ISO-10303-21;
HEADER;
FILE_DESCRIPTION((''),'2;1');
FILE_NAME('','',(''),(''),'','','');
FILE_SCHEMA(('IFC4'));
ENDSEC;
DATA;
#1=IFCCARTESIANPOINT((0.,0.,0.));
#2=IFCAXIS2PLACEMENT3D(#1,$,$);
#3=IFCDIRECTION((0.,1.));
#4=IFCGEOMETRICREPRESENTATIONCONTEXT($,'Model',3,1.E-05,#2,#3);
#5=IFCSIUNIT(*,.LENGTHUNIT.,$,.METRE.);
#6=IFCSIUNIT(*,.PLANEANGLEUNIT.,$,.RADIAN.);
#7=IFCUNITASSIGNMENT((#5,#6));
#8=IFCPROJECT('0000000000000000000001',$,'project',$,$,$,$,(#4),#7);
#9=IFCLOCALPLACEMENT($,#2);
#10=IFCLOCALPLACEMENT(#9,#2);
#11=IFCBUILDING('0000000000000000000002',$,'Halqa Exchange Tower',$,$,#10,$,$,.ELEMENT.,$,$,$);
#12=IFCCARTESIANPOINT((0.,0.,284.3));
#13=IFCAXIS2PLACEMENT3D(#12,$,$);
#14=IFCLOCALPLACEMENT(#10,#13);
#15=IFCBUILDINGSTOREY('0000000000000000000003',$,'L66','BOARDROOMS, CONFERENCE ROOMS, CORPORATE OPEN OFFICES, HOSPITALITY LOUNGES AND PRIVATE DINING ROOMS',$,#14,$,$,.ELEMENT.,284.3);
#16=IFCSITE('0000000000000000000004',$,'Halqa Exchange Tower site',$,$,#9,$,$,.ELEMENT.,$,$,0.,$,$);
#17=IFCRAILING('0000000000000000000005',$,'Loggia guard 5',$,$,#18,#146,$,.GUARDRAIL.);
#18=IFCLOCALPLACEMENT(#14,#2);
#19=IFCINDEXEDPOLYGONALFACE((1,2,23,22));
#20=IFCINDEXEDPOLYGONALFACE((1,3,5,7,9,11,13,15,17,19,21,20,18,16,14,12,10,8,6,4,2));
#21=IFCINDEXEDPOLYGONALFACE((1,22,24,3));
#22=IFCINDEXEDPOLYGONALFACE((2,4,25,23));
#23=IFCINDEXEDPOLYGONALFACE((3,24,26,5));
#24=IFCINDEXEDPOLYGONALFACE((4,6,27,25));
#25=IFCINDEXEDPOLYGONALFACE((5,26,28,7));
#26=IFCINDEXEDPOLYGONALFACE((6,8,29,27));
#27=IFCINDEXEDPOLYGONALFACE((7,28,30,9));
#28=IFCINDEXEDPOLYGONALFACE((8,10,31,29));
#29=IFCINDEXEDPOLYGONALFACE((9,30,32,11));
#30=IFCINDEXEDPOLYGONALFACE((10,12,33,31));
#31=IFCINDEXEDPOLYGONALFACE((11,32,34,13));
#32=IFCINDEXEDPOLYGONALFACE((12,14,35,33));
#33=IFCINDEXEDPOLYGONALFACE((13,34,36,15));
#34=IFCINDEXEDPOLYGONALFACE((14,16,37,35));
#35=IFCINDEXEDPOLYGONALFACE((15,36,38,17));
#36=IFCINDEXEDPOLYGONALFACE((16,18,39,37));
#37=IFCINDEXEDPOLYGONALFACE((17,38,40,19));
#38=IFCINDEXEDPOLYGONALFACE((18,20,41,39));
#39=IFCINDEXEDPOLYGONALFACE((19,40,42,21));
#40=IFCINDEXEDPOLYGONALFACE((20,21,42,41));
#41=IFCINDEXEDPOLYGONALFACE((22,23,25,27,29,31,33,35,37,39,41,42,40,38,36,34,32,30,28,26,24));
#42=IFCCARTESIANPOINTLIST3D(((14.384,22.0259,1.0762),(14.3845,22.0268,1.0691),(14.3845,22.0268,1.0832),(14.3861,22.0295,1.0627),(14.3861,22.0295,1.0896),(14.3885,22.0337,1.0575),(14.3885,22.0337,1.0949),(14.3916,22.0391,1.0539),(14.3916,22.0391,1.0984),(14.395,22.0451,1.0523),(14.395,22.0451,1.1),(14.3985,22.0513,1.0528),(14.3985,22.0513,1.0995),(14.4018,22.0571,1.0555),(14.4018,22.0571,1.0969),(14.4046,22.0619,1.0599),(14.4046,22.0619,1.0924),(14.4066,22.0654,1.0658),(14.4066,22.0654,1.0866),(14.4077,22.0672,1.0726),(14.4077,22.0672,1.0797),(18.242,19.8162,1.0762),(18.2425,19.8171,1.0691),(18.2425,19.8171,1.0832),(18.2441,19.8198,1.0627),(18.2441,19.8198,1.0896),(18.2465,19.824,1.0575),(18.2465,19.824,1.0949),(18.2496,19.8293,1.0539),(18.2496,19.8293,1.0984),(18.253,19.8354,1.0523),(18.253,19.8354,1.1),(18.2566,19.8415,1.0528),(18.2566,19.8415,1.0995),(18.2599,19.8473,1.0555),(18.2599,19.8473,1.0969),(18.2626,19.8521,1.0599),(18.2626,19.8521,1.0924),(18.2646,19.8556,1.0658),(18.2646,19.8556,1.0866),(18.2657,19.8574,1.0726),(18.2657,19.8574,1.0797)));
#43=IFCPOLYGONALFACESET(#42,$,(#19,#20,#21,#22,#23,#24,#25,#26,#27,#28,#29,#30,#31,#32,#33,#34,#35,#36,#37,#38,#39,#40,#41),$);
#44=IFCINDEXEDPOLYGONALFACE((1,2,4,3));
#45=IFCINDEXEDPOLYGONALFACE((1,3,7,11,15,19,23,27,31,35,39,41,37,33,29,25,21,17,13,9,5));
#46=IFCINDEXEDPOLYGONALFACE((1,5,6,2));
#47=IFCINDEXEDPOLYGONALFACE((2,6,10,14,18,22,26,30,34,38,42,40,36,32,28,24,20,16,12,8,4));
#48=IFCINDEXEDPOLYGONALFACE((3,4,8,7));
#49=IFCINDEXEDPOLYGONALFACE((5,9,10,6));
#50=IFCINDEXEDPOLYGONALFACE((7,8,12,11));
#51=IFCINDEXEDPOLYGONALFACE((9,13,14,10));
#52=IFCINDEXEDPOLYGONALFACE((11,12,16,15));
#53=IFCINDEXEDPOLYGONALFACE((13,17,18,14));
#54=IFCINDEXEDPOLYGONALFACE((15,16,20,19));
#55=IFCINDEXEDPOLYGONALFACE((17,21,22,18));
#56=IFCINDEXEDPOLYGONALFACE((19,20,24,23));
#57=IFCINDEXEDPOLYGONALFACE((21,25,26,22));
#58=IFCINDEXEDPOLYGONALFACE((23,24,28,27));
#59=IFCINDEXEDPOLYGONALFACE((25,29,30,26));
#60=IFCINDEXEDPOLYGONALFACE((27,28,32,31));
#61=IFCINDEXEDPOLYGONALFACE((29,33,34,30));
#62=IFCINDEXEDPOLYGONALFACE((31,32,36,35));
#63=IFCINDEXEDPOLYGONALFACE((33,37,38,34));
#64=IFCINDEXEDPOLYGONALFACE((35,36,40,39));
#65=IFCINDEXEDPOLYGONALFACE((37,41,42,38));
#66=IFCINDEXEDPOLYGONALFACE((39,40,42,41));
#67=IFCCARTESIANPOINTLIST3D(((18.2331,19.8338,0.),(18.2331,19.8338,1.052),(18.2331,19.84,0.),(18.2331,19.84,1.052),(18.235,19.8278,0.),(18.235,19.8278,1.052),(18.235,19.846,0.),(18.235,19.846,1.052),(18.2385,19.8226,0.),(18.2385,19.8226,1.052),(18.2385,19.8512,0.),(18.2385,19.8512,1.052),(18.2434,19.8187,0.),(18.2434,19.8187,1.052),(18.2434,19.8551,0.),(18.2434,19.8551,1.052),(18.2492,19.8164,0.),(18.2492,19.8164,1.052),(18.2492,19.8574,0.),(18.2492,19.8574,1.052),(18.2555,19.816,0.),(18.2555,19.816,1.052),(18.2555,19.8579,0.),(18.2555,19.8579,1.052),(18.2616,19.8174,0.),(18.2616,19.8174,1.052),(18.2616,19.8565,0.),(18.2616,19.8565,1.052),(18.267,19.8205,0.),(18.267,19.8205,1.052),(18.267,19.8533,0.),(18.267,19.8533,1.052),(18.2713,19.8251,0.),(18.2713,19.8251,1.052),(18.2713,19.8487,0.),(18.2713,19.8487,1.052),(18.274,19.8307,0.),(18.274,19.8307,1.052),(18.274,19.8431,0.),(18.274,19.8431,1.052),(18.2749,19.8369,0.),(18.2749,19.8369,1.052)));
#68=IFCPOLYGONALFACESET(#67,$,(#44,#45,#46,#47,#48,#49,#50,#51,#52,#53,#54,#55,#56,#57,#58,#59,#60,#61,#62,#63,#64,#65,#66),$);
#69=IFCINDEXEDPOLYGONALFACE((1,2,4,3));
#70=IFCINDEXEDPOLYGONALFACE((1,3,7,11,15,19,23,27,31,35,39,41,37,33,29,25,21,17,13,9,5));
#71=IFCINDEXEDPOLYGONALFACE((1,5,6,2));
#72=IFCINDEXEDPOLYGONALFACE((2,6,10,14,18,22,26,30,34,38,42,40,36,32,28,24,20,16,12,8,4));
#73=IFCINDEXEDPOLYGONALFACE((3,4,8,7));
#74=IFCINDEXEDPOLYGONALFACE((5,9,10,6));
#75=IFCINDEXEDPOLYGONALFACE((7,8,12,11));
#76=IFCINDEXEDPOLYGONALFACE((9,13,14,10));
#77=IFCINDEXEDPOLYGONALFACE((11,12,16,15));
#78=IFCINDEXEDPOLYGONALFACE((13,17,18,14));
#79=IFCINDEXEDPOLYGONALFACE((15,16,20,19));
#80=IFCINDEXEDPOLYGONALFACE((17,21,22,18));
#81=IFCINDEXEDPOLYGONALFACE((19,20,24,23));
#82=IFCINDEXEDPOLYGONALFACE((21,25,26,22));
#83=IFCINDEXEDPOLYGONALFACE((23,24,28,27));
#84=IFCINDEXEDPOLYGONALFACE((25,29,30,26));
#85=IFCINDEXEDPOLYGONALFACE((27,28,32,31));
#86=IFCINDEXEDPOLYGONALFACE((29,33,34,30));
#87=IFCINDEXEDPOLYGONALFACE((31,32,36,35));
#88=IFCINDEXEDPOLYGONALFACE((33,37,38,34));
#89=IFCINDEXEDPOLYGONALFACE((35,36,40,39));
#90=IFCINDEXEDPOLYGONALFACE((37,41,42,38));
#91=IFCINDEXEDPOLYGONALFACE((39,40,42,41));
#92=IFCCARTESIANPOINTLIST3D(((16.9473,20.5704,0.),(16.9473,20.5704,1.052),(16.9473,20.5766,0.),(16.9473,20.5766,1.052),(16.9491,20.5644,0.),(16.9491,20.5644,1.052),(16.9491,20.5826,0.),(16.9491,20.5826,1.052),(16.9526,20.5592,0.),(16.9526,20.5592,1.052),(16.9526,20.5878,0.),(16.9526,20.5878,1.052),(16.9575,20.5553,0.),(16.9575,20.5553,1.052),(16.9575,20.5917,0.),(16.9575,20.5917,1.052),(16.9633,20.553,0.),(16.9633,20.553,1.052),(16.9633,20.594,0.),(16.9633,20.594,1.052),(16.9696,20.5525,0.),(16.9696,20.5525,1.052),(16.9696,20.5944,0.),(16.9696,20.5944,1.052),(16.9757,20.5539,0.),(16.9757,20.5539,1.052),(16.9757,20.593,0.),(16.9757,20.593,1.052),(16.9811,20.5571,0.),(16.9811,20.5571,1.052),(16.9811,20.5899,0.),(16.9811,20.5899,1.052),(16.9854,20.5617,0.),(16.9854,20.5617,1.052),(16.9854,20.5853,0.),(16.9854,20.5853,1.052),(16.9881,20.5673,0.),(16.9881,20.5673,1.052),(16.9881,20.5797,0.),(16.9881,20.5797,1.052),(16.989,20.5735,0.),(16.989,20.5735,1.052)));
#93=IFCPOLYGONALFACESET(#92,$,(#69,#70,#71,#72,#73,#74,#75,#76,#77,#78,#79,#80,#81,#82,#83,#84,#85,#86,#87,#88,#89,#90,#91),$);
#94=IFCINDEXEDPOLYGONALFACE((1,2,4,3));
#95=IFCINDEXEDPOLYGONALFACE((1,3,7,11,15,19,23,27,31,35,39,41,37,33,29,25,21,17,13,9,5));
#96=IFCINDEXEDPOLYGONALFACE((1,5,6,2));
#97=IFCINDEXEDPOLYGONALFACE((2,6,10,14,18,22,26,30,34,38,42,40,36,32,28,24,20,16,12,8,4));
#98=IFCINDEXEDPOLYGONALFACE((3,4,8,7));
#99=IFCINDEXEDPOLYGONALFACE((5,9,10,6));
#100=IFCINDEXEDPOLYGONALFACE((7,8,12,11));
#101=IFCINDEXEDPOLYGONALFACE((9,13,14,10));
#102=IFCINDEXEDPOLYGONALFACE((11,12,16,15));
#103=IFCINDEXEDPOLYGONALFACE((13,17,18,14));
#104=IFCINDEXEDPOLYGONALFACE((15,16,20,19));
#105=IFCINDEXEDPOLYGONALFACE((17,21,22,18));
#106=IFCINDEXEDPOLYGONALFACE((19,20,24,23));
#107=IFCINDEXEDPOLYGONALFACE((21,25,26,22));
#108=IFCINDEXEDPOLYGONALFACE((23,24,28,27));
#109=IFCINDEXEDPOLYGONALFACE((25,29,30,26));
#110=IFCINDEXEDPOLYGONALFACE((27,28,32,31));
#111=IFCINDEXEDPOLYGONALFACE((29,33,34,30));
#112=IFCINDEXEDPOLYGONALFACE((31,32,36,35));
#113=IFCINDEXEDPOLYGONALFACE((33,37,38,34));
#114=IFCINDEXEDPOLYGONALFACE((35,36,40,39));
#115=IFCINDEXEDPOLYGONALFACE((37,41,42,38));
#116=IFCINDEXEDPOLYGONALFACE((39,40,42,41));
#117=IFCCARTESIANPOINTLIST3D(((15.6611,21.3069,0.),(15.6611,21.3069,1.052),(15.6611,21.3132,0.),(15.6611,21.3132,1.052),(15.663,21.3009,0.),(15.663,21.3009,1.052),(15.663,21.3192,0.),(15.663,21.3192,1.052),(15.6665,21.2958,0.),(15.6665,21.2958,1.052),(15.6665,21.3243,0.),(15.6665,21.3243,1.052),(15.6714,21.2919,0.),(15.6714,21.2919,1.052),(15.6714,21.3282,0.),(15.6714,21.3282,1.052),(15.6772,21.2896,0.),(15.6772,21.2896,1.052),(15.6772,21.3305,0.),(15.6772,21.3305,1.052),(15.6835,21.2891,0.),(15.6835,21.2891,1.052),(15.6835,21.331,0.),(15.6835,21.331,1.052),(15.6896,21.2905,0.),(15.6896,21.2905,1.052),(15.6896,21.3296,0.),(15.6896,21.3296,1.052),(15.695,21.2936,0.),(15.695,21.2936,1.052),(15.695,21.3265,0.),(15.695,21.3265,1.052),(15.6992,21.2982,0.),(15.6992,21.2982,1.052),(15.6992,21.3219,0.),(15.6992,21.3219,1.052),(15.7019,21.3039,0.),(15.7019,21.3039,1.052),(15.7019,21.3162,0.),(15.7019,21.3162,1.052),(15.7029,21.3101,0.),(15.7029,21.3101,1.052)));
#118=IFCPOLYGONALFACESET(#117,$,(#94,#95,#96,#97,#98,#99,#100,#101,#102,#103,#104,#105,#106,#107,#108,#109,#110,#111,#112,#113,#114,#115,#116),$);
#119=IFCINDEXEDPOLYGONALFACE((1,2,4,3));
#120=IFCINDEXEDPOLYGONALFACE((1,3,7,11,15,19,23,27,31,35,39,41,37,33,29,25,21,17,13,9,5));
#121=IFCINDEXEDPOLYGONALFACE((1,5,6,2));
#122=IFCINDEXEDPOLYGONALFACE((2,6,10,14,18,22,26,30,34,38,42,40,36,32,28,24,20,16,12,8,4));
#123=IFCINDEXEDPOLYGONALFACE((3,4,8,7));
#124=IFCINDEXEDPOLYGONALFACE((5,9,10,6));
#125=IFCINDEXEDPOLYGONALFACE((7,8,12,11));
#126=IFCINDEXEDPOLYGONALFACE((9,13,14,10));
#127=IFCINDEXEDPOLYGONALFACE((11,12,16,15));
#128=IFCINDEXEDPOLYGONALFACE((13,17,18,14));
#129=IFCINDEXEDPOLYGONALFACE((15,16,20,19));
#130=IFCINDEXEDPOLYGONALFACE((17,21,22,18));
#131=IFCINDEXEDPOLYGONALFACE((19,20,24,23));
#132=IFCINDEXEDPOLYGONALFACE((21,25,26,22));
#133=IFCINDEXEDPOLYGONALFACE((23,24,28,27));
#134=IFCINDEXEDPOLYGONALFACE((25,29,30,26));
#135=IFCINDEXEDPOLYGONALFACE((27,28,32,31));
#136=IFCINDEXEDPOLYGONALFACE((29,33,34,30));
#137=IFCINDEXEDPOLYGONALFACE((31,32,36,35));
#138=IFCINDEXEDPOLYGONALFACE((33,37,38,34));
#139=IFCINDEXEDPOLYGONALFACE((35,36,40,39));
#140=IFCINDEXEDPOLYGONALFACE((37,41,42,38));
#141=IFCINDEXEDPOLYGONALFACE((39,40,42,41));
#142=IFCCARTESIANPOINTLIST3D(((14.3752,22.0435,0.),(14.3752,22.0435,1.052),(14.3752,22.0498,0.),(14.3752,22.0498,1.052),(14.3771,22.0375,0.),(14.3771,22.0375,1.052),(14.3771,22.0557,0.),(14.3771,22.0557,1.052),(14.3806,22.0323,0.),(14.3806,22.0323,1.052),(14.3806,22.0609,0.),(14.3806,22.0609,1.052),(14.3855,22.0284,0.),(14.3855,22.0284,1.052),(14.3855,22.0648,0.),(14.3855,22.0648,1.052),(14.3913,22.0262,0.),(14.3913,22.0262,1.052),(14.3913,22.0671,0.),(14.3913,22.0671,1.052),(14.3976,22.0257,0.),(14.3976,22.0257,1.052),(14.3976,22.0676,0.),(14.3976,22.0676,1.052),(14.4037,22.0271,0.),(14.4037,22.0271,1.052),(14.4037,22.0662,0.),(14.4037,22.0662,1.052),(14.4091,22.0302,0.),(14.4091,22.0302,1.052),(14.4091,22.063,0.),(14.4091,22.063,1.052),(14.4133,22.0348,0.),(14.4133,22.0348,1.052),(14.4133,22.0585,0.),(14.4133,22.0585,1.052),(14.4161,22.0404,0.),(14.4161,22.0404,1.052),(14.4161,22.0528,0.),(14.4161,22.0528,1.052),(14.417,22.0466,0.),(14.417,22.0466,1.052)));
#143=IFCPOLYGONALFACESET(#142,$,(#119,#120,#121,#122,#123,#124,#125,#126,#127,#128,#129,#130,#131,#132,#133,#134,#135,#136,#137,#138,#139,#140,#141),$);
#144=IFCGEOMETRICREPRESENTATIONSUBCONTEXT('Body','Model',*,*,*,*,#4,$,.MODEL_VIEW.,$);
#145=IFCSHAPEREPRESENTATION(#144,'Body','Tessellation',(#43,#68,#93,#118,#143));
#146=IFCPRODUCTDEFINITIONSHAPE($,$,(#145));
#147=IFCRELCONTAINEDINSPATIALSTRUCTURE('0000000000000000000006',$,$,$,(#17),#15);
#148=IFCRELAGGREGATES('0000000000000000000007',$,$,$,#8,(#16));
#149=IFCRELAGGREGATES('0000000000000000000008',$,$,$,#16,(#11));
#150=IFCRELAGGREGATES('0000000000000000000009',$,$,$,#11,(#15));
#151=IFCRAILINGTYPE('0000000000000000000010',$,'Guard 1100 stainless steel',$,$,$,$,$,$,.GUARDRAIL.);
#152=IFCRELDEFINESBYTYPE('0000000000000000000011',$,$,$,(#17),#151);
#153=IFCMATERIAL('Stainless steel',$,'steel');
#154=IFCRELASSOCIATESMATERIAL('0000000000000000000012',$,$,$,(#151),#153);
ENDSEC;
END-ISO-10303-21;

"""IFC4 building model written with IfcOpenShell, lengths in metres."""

from ifc_helpers import new_model, si_unit, direction, frame, origin, origin_2d, place, context, subcontext, project, spatial, circle, extrude, material, type_object, element, save


model = new_model("IFC4")

# Units and contexts
model_context = context("Model", 3, precision=1e-05, world=origin(), true_north=direction((0.0, 1.0)))
body_context = subcontext(model_context, "Body", "Model", "MODEL_VIEW")
ifc_project = project(units=[si_unit("LENGTHUNIT", "METRE"), si_unit("PLANEANGLEUNIT", "RADIAN")], contexts=[model_context])

# Site, building, storey
site_placement = place(None, origin())
site = spatial("IfcSite", under=ifc_project, at=site_placement, Name="Halqa Exchange Tower site", CompositionType="ELEMENT", RefElevation=0.0)
building_placement = place(site_placement, origin())
building = spatial("IfcBuilding", under=site, at=building_placement, Name="Halqa Exchange Tower", CompositionType="ELEMENT")
storey_placement = place(building_placement, frame((0.0, 0.0, 284.3)))
storey = spatial("IfcBuildingStorey", under=building, at=storey_placement, Name="L66", Description="BOARDROOMS, CONFERENCE ROOMS, CORPORATE OPEN OFFICES, HOSPITALITY LOUNGES AND PRIVATE DINING ROOMS", CompositionType="ELEMENT", Elevation=284.3)

# Railing
ifc_material_1 = material(Name="Stainless steel", Category="steel")
railing_type = type_object("IfcRailingType", Name="Guard 1100 stainless steel", PredefinedType="GUARDRAIL", material=ifc_material_1)
railing_1_placement = place(storey_placement, frame((18.2539, 19.8369, 0.0)))
element("IfcRailing", 1, at=railing_1_placement, inside=storey, type_object=railing_type, Name="Loggia guard 5", PredefinedType="GUARDRAIL", context=body_context, shape_type="SweptSolid", body=[
    extrude(circle(Radius=0.0239, at=origin_2d()), frame((0.0, 0.0, 1.0762), z_axis=(-0.867739, 0.49702, 0.0), x_axis=(-0.49702, -0.867739, 0.0)), (0.0, 0.0, 1.0), 4.446),
    extrude(circle(Radius=0.021, at=origin_2d()), origin(), (0.0, 0.0, 1.0), 1.052),
    extrude(circle(Radius=0.021, at=origin_2d()), frame((-1.2859, 0.7366, 0.0)), (0.0, 0.0, 1.0), 1.052),
    extrude(circle(Radius=0.021, at=origin_2d()), frame((-2.572, 1.4731, 0.0)), (0.0, 0.0, 1.0), 1.052),
    extrude(circle(Radius=0.021, at=origin_2d()), frame((-3.8579, 2.2097, 0.0)), (0.0, 0.0, 1.0), 1.052),
])

save(model, "model.ifc")
